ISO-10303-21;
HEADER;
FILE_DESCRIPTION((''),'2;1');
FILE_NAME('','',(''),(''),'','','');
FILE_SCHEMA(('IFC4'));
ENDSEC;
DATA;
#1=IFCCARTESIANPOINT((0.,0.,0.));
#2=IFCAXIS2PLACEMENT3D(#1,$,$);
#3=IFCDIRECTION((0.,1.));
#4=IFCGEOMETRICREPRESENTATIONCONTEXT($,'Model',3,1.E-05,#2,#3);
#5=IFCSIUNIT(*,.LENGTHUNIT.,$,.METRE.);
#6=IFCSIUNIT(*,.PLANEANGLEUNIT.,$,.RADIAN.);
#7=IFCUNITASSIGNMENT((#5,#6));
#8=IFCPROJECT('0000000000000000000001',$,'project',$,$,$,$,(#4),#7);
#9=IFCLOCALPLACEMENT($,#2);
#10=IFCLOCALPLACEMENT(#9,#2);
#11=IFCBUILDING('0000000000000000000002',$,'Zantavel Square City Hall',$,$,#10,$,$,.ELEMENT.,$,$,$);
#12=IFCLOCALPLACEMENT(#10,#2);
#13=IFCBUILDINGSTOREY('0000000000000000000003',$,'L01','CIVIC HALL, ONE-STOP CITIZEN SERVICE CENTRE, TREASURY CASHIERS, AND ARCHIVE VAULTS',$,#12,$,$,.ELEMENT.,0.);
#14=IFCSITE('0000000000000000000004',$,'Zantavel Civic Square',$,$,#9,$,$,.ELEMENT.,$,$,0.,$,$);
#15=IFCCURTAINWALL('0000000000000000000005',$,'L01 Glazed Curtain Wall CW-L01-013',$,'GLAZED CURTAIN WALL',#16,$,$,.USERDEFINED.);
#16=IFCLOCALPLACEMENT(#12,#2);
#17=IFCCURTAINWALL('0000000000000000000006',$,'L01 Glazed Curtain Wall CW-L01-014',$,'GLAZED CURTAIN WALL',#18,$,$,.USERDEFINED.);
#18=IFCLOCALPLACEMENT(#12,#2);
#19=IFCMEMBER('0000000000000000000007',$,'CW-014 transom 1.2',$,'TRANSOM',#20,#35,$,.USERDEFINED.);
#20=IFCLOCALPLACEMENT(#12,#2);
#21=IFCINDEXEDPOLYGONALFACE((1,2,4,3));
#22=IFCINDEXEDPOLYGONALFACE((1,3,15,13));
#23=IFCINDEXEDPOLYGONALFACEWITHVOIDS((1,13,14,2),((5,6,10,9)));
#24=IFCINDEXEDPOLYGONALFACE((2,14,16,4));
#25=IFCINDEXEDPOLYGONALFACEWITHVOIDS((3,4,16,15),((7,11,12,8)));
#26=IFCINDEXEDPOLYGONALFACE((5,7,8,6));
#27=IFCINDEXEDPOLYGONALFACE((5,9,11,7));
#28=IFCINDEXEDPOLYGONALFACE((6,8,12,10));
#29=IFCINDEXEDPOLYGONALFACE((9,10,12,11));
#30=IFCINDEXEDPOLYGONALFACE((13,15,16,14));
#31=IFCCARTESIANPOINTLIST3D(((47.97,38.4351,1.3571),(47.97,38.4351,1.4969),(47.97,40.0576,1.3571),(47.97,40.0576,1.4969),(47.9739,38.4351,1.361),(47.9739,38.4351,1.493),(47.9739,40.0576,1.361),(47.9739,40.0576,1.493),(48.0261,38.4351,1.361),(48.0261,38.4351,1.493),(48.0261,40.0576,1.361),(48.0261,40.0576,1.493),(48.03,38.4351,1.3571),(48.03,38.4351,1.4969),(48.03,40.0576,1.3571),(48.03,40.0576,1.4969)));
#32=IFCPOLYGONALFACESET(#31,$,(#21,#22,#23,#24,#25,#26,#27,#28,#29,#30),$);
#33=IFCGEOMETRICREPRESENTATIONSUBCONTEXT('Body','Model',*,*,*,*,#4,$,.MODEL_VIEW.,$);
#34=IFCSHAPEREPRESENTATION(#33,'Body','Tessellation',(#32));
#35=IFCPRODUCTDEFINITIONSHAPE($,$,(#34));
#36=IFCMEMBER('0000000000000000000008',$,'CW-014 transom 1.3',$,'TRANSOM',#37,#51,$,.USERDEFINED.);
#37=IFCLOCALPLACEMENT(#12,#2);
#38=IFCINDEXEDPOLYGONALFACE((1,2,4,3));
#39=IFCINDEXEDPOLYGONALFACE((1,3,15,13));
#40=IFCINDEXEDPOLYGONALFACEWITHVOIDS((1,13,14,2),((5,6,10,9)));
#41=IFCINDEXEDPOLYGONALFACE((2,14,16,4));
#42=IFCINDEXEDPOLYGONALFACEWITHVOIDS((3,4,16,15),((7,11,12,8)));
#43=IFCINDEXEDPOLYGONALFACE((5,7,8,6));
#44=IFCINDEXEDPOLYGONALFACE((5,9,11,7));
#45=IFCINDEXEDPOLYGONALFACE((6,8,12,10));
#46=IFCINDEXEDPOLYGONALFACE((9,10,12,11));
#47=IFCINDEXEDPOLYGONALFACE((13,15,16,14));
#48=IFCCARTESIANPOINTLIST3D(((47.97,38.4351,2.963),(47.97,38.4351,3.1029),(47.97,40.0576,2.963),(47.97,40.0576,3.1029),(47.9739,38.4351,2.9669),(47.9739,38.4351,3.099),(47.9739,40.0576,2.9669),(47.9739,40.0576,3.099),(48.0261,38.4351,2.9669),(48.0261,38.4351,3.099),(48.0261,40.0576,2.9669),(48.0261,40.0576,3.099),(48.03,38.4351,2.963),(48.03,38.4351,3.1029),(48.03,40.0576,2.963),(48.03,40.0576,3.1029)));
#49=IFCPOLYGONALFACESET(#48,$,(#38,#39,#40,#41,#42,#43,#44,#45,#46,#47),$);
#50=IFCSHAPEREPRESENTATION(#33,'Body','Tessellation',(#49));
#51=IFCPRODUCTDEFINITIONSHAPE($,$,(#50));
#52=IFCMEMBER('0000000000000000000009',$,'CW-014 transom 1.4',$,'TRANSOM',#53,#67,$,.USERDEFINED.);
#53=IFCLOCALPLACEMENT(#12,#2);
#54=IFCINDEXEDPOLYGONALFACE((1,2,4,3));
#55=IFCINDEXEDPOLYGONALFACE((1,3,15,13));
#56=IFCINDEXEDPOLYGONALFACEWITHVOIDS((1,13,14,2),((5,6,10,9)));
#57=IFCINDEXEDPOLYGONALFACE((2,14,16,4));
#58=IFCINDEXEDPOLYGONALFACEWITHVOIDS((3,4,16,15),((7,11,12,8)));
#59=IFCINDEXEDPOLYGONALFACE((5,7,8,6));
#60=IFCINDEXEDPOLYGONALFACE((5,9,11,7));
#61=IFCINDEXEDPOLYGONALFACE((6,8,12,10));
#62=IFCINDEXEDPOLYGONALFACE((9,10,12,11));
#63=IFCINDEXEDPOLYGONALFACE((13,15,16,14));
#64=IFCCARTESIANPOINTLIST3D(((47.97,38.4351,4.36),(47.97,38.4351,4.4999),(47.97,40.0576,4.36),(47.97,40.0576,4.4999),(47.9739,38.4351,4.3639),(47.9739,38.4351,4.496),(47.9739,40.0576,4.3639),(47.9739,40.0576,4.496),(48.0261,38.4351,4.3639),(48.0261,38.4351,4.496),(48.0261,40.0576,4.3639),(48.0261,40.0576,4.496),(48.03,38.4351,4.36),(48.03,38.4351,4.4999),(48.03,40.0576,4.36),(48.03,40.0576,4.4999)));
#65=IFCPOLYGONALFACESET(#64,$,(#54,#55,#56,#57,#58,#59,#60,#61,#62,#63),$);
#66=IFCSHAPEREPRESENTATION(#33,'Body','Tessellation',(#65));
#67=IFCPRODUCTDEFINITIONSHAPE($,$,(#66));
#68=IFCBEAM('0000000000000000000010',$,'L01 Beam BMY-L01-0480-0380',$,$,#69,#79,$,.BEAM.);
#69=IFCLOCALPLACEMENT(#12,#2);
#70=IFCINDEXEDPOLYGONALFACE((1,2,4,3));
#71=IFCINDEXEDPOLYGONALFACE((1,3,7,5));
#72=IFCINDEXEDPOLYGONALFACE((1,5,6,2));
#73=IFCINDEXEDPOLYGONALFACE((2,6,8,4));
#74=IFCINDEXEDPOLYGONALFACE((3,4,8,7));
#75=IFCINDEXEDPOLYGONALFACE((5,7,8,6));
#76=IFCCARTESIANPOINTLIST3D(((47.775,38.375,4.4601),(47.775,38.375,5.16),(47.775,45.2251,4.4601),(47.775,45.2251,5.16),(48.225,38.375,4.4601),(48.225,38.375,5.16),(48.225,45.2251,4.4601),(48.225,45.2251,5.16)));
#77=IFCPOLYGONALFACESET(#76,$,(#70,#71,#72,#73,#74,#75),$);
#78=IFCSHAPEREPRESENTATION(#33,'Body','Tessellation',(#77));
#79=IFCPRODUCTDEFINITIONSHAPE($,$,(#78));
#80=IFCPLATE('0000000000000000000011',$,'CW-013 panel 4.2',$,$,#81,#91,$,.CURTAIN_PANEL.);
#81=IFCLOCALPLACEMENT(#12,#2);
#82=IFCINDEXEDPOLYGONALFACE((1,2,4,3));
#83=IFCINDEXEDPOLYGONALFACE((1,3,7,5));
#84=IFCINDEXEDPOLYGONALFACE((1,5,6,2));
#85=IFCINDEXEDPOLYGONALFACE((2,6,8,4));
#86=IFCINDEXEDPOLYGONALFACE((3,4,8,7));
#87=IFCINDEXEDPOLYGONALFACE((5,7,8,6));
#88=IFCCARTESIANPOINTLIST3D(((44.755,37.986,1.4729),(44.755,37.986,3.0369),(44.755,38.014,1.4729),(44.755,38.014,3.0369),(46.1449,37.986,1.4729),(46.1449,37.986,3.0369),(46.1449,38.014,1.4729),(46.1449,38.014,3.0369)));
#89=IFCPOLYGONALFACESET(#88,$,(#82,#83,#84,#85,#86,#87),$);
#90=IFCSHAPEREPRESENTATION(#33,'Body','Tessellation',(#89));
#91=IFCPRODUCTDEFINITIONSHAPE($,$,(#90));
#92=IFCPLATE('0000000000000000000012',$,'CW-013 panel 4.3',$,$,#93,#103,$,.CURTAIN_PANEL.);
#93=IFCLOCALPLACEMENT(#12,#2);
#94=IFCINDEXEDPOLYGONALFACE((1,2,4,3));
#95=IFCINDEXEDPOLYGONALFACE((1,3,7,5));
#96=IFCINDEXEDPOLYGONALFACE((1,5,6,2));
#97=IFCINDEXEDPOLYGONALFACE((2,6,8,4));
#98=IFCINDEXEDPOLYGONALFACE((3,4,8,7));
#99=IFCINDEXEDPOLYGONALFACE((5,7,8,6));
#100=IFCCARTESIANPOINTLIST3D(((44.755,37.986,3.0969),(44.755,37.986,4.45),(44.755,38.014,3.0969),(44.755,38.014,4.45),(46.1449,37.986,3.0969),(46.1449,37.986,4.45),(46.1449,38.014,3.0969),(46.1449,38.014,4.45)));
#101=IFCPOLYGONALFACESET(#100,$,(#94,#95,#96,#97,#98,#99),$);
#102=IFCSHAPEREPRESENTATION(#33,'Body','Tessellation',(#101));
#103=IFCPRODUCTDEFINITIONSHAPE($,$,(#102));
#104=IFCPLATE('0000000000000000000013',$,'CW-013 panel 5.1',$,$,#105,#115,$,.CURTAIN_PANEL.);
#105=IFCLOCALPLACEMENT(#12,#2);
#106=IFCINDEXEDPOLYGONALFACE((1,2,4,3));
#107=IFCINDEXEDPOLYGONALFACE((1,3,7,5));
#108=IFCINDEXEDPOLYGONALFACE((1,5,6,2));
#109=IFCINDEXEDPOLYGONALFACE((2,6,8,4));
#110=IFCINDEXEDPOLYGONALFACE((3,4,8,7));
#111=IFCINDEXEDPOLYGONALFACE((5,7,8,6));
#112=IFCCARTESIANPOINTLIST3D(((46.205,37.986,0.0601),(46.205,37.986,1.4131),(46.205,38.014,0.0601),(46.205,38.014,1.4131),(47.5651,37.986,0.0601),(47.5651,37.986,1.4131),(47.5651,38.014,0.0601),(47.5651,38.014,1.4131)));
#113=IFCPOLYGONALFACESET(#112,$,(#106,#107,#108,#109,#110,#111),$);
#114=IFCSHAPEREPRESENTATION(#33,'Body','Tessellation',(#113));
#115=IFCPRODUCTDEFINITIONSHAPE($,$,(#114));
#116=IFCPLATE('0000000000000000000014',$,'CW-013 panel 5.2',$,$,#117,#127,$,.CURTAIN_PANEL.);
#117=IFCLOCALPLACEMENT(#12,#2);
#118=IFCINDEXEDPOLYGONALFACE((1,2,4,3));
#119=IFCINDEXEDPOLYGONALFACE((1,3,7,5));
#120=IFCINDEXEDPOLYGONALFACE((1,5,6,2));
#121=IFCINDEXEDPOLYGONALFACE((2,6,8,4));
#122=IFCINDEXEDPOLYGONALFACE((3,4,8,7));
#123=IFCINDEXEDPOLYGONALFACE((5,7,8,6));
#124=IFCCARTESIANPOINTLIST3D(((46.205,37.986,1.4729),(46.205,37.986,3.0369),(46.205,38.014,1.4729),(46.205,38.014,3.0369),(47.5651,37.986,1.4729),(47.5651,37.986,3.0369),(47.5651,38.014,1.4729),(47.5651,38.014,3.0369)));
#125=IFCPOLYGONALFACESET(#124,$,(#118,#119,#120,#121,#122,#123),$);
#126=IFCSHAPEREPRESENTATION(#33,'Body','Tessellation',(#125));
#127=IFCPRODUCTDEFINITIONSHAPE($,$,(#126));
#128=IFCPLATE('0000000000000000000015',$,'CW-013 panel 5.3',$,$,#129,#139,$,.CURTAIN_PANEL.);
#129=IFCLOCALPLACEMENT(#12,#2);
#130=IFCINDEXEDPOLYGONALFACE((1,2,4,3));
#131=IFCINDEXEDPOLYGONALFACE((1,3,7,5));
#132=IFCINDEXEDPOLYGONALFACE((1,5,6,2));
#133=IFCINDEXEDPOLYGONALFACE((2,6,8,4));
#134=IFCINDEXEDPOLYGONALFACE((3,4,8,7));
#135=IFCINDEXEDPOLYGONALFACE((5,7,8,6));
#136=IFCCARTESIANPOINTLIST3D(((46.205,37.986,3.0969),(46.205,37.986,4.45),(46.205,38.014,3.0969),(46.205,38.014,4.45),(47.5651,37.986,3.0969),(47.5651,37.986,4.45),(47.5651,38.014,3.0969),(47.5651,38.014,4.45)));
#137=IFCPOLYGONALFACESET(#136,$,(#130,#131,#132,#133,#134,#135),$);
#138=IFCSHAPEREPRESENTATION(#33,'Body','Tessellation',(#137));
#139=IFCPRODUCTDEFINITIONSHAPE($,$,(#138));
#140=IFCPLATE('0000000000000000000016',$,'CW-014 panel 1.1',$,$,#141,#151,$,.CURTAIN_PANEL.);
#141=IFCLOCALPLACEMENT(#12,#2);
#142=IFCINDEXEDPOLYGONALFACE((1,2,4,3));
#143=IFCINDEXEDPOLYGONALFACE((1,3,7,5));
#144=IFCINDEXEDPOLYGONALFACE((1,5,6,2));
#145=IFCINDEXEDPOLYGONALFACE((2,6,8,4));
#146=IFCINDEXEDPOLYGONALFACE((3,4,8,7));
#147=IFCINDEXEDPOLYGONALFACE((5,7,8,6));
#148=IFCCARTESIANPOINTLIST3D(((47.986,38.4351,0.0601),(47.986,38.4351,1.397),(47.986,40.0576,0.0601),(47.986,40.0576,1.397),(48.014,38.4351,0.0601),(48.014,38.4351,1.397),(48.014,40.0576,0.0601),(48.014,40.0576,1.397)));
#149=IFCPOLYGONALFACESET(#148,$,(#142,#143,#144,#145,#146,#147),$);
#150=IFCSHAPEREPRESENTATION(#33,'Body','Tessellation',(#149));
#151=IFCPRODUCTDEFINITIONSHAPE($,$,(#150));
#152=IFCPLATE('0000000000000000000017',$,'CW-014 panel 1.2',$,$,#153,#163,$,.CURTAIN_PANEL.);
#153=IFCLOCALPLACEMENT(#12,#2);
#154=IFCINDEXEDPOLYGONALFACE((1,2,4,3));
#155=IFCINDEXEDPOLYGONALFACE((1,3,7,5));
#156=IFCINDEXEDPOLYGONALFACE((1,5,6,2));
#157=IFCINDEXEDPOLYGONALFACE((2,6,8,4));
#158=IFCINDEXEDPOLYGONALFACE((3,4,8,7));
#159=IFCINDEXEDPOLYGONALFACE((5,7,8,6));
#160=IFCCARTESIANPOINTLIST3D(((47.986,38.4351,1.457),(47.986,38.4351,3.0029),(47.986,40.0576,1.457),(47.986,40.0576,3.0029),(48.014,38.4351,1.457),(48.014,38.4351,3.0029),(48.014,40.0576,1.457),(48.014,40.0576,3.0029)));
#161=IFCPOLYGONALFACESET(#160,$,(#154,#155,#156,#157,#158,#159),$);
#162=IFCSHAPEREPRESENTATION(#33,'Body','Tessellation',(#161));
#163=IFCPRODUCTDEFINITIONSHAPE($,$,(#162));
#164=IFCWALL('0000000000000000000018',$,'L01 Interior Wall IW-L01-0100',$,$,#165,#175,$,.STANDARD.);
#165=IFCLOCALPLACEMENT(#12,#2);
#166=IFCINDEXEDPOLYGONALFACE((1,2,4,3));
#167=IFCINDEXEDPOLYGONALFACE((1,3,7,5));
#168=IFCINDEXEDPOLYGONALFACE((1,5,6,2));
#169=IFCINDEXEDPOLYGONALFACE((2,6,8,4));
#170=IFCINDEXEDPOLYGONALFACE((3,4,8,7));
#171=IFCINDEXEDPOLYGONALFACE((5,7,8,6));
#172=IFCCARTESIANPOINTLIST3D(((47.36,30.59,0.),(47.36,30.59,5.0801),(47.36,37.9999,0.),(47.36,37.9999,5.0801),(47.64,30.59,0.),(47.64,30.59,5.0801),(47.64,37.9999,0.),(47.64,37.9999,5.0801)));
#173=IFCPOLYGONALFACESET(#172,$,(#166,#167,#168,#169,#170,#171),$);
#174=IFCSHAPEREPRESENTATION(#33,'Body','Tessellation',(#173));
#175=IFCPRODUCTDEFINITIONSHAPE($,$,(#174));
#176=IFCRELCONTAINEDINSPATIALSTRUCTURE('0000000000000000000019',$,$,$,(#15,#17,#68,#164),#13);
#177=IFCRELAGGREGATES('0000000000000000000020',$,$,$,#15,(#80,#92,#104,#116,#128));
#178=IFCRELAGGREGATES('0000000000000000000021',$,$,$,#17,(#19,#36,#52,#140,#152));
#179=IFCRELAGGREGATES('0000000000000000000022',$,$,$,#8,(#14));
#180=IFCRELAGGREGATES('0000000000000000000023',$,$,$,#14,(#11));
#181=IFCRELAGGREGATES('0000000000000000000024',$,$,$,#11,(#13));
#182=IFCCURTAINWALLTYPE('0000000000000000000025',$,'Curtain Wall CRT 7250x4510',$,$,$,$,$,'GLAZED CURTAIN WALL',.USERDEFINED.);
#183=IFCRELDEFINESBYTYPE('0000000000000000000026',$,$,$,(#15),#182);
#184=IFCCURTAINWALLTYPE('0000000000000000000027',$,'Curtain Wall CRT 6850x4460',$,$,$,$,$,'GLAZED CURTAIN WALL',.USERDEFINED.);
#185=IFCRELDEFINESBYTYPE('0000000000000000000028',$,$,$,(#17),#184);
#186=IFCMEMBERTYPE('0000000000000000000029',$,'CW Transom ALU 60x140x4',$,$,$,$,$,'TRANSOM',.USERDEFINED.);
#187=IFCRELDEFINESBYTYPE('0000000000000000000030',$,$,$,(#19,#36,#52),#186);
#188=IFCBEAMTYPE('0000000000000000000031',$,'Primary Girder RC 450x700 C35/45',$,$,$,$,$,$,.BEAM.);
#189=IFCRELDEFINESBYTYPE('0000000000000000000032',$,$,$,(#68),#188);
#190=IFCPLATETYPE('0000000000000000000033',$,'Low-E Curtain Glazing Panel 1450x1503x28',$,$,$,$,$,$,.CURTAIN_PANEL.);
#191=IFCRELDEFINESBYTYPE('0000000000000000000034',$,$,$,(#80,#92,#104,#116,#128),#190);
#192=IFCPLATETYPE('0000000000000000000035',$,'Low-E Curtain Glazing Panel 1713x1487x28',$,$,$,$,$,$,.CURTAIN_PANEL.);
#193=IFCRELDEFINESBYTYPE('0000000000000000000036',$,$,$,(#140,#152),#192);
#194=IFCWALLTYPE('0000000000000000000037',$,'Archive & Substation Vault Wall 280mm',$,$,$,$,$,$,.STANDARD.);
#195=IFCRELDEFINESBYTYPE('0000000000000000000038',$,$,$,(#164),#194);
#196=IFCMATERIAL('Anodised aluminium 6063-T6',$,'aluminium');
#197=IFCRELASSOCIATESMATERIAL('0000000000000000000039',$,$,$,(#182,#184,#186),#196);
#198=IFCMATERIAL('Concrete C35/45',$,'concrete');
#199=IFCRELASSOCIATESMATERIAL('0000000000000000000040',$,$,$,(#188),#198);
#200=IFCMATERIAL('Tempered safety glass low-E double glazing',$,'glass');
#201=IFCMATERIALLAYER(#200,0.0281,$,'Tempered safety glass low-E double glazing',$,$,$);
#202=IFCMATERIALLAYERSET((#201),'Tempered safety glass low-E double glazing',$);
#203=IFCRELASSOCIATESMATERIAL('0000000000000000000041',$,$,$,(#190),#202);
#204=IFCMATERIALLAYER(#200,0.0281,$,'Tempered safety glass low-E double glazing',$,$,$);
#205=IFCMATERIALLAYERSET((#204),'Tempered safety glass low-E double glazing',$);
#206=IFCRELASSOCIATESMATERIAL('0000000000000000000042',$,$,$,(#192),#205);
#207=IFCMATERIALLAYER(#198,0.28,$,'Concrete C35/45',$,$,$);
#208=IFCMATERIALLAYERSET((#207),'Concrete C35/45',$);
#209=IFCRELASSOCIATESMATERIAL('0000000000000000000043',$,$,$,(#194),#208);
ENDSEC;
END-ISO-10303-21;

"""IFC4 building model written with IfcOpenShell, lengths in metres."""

from ifc_helpers import new_model, si_unit, direction, frame, frame_2d, origin, origin_2d, place, context, subcontext, project, spatial, rectangle, hollow_rectangle, extrude, material, layer, layer_set, material_profile, profile_set, type_object, element, aggregate, save


model = new_model("IFC4")

# Units and contexts
model_context = context("Model", 3, precision=1e-05, world=origin(), true_north=direction((0.0, 1.0)))
body_context = subcontext(model_context, "Body", "Model", "MODEL_VIEW")
ifc_project = project(units=[si_unit("LENGTHUNIT", "METRE"), si_unit("PLANEANGLEUNIT", "RADIAN")], contexts=[model_context])

# Site, building, storey
site_placement = place(None, origin())
site = spatial("IfcSite", under=ifc_project, at=site_placement, Name="Zantavel Civic Square", CompositionType="ELEMENT", RefElevation=0.0)
building_placement = place(site_placement, origin())
building = spatial("IfcBuilding", under=site, at=building_placement, Name="Zantavel Square City Hall", CompositionType="ELEMENT")
storey_placement = place(building_placement, origin())
storey = spatial("IfcBuildingStorey", under=building, at=storey_placement, Name="L01", Description="CIVIC HALL, ONE-STOP CITIZEN SERVICE CENTRE, TREASURY CASHIERS, AND ARCHIVE VAULTS", CompositionType="ELEMENT", Elevation=0.0)

# Curtain wall
ifc_material_1 = material(Name="Anodised aluminium 6063-T6", Category="aluminium")
curtain_wall_type_1 = type_object("IfcCurtainWallType", Name="Curtain Wall CRT 7250x4510", ElementType="GLAZED CURTAIN WALL", PredefinedType="USERDEFINED", material=ifc_material_1)
curtain_wall_1_placement = place(storey_placement, origin())
curtain_wall_1 = element("IfcCurtainWall", 1, at=curtain_wall_1_placement, inside=storey, type_object=curtain_wall_type_1, Name="L01 Glazed Curtain Wall CW-L01-013", ObjectType="GLAZED CURTAIN WALL", PredefinedType="USERDEFINED")

# Curtain wall
curtain_wall_type_2 = type_object("IfcCurtainWallType", Name="Curtain Wall CRT 6850x4460", ElementType="GLAZED CURTAIN WALL", PredefinedType="USERDEFINED", material=ifc_material_1)
curtain_wall_2_placement = place(storey_placement, origin())
curtain_wall_2 = element("IfcCurtainWall", 2, at=curtain_wall_2_placement, inside=storey, type_object=curtain_wall_type_2, Name="L01 Glazed Curtain Wall CW-L01-014", ObjectType="GLAZED CURTAIN WALL", PredefinedType="USERDEFINED")

# Members
ifc_material_profile_1 = material_profile(ifc_material_1, hollow_rectangle(XDim=0.0601, YDim=0.1399, WallThickness=0.0039, at=origin_2d()), Name="ALU 60x140x4")
ifc_profile_set_1 = profile_set([ifc_material_profile_1], Name="Anodised aluminium 6063-T6")
member_type_1 = type_object("IfcMemberType", Name="CW Transom ALU 60x140x4", ElementType="TRANSOM", PredefinedType="USERDEFINED", material=ifc_profile_set_1)
member_1_placement = place(storey_placement, frame((48.0, 38.4351, 1.427), z_axis=(0.0, 1.0, 0.0), x_axis=(-1.0, 0.0, 0.0)))
member_1 = element("IfcMember", 3, at=member_1_placement, type_object=member_type_1, Name="CW-014 transom 1.2", ObjectType="TRANSOM", PredefinedType="USERDEFINED", context=body_context, shape_type="SweptSolid", body=[
    extrude(hollow_rectangle(XDim=0.0601, YDim=0.1399, WallThickness=0.0039, at=origin_2d()), origin(), (0.0, 0.0, 1.0), 1.6226),
])
member_2_placement = place(storey_placement, frame((48.0, 38.4351, 3.033), z_axis=(0.0, 1.0, 0.0), x_axis=(-1.0, 0.0, 0.0)))
member_2 = element("IfcMember", 4, at=member_2_placement, type_object=member_type_1, Name="CW-014 transom 1.3", ObjectType="TRANSOM", PredefinedType="USERDEFINED", context=body_context, shape_type="SweptSolid", body=[
    extrude(hollow_rectangle(XDim=0.0601, YDim=0.1399, WallThickness=0.0039, at=origin_2d()), origin(), (0.0, 0.0, 1.0), 1.6226),
])
member_3_placement = place(storey_placement, frame((48.0, 38.4351, 4.4299), z_axis=(0.0, 1.0, 0.0), x_axis=(-1.0, 0.0, 0.0)))
member_3 = element("IfcMember", 5, at=member_3_placement, type_object=member_type_1, Name="CW-014 transom 1.4", ObjectType="TRANSOM", PredefinedType="USERDEFINED", context=body_context, shape_type="SweptSolid", body=[
    extrude(hollow_rectangle(XDim=0.0601, YDim=0.1399, WallThickness=0.0039, at=origin_2d()), origin(), (0.0, 0.0, 1.0), 1.6226),
])

# Beam
ifc_material_2 = material(Name="Concrete C35/45", Category="concrete")
ifc_material_profile_2 = material_profile(ifc_material_2, rectangle(XDim=0.45, YDim=0.7, at=origin_2d()), Name="RC 450x700")
ifc_profile_set_2 = profile_set([ifc_material_profile_2], Name="Concrete C35/45")
beam_type = type_object("IfcBeamType", Name="Primary Girder RC 450x700 C35/45", PredefinedType="BEAM", material=ifc_profile_set_2)
beam_placement = place(storey_placement, frame((48.0, 38.375, 4.8101), z_axis=(0.0, 1.0, 0.0), x_axis=(-1.0, 0.0, 0.0)))
element("IfcBeam", 6, at=beam_placement, inside=storey, type_object=beam_type, Name="L01 Beam BMY-L01-0480-0380", PredefinedType="BEAM", context=body_context, shape_type="SweptSolid", body=[
    extrude(rectangle(XDim=0.45, YDim=0.7, at=origin_2d()), origin(), (0.0, 0.0, 1.0), 6.8501),
])

# Plates
ifc_material_3 = material(Name="Tempered safety glass low-E double glazing", Category="glass")
ifc_layer_1 = layer(ifc_material_3, 0.0281, Name="Tempered safety glass low-E double glazing")
ifc_layer_set_1 = layer_set([ifc_layer_1], Name="Tempered safety glass low-E double glazing")
plate_type_1 = type_object("IfcPlateType", Name="Low-E Curtain Glazing Panel 1450x1503x28", PredefinedType="CURTAIN_PANEL", material=ifc_layer_set_1)
plate_1_placement = place(storey_placement, frame((45.45, 38.0, 1.4729), z_axis=(0.0, 0.0, 1.0), x_axis=(1.0, 0.0, 0.0)))
plate_1 = element("IfcPlate", 7, at=plate_1_placement, type_object=plate_type_1, Name="CW-013 panel 4.2", PredefinedType="CURTAIN_PANEL", context=body_context, shape_type="SweptSolid", body=[
    extrude(rectangle(XDim=1.3899, YDim=0.0281, at=origin_2d()), origin(), (0.0, 0.0, 1.0), 1.564),
])
plate_2_placement = place(storey_placement, frame((45.45, 38.0, 3.0969), z_axis=(0.0, 0.0, 1.0), x_axis=(1.0, 0.0, 0.0)))
plate_2 = element("IfcPlate", 8, at=plate_2_placement, type_object=plate_type_1, Name="CW-013 panel 4.3", PredefinedType="CURTAIN_PANEL", context=body_context, shape_type="SweptSolid", body=[
    extrude(rectangle(XDim=1.3899, YDim=0.0281, at=origin_2d()), origin(), (0.0, 0.0, 1.0), 1.353),
])
plate_3_placement = place(storey_placement, frame((46.885, 38.0, 0.0601), z_axis=(0.0, 0.0, 1.0), x_axis=(1.0, 0.0, 0.0)))
plate_3 = element("IfcPlate", 9, at=plate_3_placement, type_object=plate_type_1, Name="CW-013 panel 5.1", PredefinedType="CURTAIN_PANEL", context=body_context, shape_type="SweptSolid", body=[
    extrude(rectangle(XDim=1.3601, YDim=0.0281, at=origin_2d()), origin(), (0.0, 0.0, 1.0), 1.353),
])
plate_4_placement = place(storey_placement, frame((46.885, 38.0, 1.4729), z_axis=(0.0, 0.0, 1.0), x_axis=(1.0, 0.0, 0.0)))
plate_4 = element("IfcPlate", 10, at=plate_4_placement, type_object=plate_type_1, Name="CW-013 panel 5.2", PredefinedType="CURTAIN_PANEL", context=body_context, shape_type="SweptSolid", body=[
    extrude(rectangle(XDim=1.3601, YDim=0.0281, at=origin_2d()), origin(), (0.0, 0.0, 1.0), 1.564),
])
plate_5_placement = place(storey_placement, frame((46.885, 38.0, 3.0969), z_axis=(0.0, 0.0, 1.0), x_axis=(1.0, 0.0, 0.0)))
plate_5 = element("IfcPlate", 11, at=plate_5_placement, type_object=plate_type_1, Name="CW-013 panel 5.3", PredefinedType="CURTAIN_PANEL", context=body_context, shape_type="SweptSolid", body=[
    extrude(rectangle(XDim=1.3601, YDim=0.0281, at=origin_2d()), origin(), (0.0, 0.0, 1.0), 1.353),
])
aggregate(curtain_wall_1, [plate_1, plate_2, plate_3, plate_4, plate_5])
ifc_layer_2 = layer(ifc_material_3, 0.0281, Name="Tempered safety glass low-E double glazing")
ifc_layer_set_2 = layer_set([ifc_layer_2], Name="Tempered safety glass low-E double glazing")
plate_type_2 = type_object("IfcPlateType", Name="Low-E Curtain Glazing Panel 1713x1487x28", PredefinedType="CURTAIN_PANEL", material=ifc_layer_set_2)
plate_6_placement = place(storey_placement, frame((48.0, 39.2463, 0.0601), z_axis=(0.0, 0.0, 1.0), x_axis=(0.0, 1.0, 0.0)))
plate_6 = element("IfcPlate", 12, at=plate_6_placement, type_object=plate_type_2, Name="CW-014 panel 1.1", PredefinedType="CURTAIN_PANEL", context=body_context, shape_type="SweptSolid", body=[
    extrude(rectangle(XDim=1.6226, YDim=0.0281, at=origin_2d()), origin(), (0.0, 0.0, 1.0), 1.3369),
])
plate_7_placement = place(storey_placement, frame((48.0, 39.2463, 1.457), z_axis=(0.0, 0.0, 1.0), x_axis=(0.0, 1.0, 0.0)))
plate_7 = element("IfcPlate", 13, at=plate_7_placement, type_object=plate_type_2, Name="CW-014 panel 1.2", PredefinedType="CURTAIN_PANEL", context=body_context, shape_type="SweptSolid", body=[
    extrude(rectangle(XDim=1.6226, YDim=0.0281, at=origin_2d()), origin(), (0.0, 0.0, 1.0), 1.5459),
])
aggregate(curtain_wall_2, [member_1, member_2, member_3, plate_6, plate_7])

# Wall
ifc_layer_3 = layer(ifc_material_2, 0.28, Name="Concrete C35/45")
ifc_layer_set_3 = layer_set([ifc_layer_3], Name="Concrete C35/45")
wall_type = type_object("IfcWallType", Name="Archive & Substation Vault Wall 280mm", PredefinedType="STANDARD", material=ifc_layer_set_3)
wall_placement = place(storey_placement, frame((47.5, 38.0, 0.0), z_axis=(0.0, 0.0, 1.0), x_axis=(0.0, -1.0, 0.0)))
element("IfcWall", 14, at=wall_placement, inside=storey, type_object=wall_type, Name="L01 Interior Wall IW-L01-0100", PredefinedType="STANDARD", context=body_context, shape_type="SweptSolid", body=[
    extrude(rectangle(XDim=7.4099, YDim=0.28, at=frame_2d((3.7051, 0.0))), origin(), (0.0, 0.0, 1.0), 5.0801),
])

save(model, "model.ifc")
